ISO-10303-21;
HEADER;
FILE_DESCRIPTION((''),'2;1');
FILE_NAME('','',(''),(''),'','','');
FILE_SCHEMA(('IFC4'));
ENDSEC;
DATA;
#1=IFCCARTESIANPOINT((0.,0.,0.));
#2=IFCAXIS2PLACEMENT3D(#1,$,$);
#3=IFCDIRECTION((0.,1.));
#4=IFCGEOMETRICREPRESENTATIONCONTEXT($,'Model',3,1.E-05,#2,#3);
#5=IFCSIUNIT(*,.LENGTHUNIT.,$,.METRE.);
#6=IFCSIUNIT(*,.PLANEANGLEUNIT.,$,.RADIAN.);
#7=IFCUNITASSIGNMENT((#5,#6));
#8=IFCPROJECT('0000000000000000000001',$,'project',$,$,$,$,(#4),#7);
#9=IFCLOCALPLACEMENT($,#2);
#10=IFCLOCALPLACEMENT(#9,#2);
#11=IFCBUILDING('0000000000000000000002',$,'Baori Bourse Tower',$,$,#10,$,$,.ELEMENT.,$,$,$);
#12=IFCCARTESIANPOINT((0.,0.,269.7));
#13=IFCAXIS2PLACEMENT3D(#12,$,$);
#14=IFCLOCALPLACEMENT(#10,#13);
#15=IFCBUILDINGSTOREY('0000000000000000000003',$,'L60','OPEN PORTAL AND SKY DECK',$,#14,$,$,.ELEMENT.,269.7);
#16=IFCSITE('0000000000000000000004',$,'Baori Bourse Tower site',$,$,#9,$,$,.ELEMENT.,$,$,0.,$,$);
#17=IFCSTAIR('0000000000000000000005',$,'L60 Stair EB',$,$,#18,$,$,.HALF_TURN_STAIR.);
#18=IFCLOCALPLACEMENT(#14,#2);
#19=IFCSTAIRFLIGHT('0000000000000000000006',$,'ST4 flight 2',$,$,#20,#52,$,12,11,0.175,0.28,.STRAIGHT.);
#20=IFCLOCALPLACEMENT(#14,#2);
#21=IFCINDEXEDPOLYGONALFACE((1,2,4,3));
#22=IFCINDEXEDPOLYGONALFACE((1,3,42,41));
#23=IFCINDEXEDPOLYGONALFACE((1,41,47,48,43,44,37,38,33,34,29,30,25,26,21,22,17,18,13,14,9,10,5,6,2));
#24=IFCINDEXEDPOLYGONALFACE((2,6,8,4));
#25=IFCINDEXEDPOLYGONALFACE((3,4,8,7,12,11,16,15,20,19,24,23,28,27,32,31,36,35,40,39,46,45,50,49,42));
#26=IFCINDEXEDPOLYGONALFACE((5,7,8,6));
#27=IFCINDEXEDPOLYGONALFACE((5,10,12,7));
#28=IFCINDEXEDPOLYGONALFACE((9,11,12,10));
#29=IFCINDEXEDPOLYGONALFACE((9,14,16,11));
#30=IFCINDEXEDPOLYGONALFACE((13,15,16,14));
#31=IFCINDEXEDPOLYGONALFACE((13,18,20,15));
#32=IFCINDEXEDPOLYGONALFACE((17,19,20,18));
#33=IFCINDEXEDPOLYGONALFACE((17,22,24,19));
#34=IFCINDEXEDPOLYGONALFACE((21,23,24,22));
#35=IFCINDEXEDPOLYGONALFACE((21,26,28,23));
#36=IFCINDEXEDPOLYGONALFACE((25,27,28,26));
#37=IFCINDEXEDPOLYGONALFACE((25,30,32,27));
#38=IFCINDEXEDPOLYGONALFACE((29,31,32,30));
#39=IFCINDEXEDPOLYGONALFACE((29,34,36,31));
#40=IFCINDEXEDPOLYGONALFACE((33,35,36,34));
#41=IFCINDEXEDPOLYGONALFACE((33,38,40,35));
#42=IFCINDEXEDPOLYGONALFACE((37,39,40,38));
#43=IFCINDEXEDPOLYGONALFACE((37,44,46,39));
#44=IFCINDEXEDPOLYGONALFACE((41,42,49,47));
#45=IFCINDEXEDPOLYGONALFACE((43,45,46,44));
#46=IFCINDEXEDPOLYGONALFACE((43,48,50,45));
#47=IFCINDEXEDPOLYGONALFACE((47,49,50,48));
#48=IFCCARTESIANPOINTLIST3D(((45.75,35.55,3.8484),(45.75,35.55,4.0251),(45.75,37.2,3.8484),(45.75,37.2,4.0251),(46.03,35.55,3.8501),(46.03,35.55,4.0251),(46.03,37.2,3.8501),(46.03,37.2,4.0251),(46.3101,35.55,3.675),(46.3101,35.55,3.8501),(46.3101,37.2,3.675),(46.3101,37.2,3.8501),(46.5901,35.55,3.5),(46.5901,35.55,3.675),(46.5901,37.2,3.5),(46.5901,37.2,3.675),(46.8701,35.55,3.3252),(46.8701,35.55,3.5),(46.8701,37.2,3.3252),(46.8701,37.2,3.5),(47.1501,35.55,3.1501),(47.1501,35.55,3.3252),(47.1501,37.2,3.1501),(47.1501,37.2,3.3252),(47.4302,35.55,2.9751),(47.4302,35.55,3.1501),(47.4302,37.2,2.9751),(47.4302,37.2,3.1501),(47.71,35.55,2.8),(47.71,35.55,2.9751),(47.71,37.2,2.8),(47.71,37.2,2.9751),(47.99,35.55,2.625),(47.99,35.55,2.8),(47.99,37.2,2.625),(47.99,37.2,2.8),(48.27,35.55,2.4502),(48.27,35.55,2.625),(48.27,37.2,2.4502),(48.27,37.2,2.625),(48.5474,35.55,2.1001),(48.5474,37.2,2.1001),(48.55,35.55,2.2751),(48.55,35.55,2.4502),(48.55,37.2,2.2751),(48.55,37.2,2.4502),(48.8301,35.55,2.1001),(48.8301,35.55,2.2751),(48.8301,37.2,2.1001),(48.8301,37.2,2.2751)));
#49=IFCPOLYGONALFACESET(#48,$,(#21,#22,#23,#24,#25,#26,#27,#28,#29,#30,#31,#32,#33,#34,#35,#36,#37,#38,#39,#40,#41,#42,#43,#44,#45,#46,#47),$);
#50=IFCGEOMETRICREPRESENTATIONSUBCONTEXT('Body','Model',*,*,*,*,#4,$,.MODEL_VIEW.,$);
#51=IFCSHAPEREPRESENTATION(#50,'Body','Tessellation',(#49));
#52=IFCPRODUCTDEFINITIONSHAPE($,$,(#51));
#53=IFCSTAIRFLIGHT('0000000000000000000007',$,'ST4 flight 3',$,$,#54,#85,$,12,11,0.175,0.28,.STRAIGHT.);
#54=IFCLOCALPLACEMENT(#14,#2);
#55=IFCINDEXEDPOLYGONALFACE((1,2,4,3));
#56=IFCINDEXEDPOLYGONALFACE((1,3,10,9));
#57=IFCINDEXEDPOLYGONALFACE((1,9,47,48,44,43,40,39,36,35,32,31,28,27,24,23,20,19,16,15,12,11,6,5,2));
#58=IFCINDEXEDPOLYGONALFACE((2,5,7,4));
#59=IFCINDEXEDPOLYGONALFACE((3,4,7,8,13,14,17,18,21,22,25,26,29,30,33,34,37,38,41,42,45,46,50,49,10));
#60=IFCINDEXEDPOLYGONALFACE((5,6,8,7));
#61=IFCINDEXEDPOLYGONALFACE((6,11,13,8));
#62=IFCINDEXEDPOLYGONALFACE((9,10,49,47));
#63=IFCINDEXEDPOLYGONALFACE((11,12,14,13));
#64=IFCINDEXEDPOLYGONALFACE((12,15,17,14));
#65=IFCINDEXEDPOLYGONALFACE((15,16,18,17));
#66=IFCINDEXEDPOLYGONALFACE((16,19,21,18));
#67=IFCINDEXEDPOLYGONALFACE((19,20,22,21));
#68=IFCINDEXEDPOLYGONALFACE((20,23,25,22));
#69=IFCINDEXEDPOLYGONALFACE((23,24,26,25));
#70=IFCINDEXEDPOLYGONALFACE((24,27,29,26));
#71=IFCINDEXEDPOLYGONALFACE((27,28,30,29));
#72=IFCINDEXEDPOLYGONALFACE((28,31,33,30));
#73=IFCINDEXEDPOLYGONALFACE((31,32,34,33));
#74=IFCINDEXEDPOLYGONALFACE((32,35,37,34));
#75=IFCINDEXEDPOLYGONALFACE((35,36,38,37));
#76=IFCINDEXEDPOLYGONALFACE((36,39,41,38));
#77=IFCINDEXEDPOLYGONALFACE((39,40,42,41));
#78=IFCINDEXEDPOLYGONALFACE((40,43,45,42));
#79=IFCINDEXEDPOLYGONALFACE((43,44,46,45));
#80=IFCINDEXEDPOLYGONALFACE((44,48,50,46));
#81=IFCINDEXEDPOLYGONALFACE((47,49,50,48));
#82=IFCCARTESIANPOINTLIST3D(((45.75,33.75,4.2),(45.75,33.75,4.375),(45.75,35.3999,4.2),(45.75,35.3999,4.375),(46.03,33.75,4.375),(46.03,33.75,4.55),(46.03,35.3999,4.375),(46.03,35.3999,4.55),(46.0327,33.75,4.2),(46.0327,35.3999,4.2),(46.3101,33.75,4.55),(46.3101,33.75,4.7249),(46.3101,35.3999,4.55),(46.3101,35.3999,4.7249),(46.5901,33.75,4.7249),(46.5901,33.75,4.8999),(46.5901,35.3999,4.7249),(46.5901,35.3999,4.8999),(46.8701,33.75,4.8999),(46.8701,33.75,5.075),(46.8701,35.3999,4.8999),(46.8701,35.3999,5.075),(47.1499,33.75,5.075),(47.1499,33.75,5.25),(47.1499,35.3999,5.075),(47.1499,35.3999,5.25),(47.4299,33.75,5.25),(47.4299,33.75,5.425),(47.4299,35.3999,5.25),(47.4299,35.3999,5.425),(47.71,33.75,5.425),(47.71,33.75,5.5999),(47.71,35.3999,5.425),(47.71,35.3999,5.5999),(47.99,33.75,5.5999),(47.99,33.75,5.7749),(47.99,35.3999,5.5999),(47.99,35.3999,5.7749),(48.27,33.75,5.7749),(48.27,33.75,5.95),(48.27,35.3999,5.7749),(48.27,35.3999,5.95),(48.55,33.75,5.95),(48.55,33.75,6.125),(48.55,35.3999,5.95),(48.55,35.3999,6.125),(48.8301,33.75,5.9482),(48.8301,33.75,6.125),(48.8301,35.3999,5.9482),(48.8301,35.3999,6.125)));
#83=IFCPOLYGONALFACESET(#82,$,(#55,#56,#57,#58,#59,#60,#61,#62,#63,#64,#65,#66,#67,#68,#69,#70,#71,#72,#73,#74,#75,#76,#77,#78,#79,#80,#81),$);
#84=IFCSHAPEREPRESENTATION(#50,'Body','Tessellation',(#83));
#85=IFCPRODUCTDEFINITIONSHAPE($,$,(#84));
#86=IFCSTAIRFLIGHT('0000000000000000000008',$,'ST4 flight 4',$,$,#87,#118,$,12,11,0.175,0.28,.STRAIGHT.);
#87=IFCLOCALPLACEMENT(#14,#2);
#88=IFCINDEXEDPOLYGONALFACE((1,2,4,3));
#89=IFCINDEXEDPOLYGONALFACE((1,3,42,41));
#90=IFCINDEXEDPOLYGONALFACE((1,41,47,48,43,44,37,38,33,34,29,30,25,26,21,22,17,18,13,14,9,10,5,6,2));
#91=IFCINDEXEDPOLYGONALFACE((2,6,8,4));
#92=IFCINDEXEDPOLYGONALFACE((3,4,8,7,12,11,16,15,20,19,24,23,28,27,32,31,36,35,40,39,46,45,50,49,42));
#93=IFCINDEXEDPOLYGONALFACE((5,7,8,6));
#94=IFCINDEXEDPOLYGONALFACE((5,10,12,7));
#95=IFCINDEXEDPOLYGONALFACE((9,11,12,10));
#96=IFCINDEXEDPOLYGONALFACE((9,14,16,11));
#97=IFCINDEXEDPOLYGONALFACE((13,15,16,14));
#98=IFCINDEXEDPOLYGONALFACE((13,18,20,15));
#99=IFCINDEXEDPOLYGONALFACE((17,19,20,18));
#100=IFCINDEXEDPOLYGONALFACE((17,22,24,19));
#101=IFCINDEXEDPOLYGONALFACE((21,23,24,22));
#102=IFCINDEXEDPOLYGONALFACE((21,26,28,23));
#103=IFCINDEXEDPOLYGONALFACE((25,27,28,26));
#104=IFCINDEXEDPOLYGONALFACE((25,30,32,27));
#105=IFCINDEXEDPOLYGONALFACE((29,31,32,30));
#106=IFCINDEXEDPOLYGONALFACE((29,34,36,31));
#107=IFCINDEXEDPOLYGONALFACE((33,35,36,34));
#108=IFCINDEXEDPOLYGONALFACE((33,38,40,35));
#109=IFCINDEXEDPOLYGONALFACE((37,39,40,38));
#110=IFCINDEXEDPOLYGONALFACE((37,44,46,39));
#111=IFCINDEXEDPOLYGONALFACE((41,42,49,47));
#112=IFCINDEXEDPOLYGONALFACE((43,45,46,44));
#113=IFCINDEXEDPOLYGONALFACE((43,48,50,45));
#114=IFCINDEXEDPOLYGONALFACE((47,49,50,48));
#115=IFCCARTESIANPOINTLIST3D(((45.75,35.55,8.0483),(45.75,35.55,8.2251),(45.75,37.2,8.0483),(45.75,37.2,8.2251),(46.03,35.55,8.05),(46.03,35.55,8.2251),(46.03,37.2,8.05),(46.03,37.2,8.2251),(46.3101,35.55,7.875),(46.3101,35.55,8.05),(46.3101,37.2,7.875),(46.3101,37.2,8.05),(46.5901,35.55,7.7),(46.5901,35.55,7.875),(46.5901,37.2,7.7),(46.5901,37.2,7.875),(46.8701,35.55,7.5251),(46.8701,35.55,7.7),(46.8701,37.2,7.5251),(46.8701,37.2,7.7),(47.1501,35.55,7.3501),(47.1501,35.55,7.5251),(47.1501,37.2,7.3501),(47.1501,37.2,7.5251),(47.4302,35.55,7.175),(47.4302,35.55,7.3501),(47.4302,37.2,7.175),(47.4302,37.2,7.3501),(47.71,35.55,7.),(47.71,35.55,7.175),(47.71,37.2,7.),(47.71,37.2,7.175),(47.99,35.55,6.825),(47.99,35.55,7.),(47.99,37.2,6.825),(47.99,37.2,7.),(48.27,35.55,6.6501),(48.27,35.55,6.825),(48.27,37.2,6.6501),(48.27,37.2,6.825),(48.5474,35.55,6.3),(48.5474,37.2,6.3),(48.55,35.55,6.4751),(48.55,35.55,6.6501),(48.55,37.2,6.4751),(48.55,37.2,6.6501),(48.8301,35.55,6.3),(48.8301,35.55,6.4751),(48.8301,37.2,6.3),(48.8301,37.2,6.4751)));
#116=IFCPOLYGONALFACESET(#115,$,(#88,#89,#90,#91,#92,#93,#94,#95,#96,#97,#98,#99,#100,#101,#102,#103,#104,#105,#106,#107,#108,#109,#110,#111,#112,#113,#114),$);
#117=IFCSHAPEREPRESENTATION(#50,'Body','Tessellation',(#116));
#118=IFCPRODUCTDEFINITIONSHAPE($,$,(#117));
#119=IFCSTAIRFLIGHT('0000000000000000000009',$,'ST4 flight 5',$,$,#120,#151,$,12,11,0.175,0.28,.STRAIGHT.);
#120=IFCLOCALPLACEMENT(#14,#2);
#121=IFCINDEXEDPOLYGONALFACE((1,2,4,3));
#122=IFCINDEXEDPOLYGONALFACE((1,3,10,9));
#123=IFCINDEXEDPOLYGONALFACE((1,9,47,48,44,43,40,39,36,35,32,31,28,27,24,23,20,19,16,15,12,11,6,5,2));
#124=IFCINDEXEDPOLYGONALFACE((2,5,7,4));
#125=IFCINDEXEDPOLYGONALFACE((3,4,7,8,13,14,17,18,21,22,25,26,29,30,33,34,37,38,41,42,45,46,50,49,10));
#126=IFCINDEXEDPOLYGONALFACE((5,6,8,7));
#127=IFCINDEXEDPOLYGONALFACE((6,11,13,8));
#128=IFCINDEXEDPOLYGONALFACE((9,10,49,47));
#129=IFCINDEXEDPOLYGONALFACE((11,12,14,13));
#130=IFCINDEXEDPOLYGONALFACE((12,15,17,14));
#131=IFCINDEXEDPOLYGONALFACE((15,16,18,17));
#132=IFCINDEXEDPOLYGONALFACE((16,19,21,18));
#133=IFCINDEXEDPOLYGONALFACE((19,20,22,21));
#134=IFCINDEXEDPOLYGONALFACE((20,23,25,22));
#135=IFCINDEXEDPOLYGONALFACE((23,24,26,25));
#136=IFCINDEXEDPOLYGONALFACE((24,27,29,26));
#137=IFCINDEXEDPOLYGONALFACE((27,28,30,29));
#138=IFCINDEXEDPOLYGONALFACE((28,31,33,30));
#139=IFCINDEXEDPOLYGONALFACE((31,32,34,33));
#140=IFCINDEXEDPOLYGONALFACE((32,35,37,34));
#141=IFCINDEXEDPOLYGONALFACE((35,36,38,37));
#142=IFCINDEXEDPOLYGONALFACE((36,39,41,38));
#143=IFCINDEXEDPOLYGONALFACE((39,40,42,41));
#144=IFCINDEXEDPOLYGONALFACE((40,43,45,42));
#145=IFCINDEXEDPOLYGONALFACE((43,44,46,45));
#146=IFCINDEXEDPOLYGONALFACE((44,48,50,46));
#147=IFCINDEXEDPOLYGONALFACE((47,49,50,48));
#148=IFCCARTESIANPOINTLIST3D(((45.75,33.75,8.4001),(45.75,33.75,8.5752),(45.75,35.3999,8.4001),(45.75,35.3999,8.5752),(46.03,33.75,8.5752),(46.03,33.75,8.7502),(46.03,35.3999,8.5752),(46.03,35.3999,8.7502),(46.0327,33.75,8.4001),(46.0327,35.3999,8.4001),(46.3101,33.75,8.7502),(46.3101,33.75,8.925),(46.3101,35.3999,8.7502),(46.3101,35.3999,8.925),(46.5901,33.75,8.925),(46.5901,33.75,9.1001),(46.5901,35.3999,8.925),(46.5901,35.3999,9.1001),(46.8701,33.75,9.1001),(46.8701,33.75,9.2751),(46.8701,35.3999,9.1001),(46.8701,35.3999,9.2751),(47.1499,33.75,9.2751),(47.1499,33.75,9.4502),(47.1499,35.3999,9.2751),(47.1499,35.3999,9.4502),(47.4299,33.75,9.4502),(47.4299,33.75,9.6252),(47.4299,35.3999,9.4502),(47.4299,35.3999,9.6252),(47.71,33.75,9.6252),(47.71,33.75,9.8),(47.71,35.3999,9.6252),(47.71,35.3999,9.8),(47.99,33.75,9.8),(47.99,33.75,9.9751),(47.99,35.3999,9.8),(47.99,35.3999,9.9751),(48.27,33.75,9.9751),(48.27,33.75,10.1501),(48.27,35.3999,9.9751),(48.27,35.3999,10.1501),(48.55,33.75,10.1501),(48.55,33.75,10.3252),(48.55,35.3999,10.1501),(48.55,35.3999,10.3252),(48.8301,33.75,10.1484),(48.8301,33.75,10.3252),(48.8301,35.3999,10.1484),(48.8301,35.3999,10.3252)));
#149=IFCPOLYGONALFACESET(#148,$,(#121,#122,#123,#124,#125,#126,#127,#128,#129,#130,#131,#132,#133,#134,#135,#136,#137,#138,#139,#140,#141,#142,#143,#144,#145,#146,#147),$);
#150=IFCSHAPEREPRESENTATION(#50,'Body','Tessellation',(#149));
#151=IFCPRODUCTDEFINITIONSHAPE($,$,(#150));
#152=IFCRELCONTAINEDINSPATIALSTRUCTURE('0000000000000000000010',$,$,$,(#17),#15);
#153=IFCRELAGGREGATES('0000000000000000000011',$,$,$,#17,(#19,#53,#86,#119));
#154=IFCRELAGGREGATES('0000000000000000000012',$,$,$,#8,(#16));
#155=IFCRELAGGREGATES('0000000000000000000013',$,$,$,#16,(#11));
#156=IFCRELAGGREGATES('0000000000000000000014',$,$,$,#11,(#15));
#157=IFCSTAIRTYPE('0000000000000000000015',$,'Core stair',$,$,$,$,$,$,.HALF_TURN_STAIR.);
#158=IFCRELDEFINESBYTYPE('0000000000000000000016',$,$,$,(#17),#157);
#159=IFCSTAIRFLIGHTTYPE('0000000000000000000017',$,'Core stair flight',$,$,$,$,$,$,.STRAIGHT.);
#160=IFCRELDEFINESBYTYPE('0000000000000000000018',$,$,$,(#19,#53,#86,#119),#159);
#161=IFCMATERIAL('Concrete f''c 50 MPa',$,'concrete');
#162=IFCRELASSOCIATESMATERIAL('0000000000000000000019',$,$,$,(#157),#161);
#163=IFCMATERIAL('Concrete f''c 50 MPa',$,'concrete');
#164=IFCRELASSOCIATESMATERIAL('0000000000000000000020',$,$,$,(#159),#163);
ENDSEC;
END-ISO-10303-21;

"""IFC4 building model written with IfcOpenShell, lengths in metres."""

from ifc_helpers import new_model, si_unit, direction, frame, origin, place, context, subcontext, project, spatial, polyline, outline, extrude, material, type_object, element, aggregate, save


model = new_model("IFC4")

# Units and contexts
model_context = context("Model", 3, precision=1e-05, world=origin(), true_north=direction((0.0, 1.0)))
body_context = subcontext(model_context, "Body", "Model", "MODEL_VIEW")
ifc_project = project(units=[si_unit("LENGTHUNIT", "METRE"), si_unit("PLANEANGLEUNIT", "RADIAN")], contexts=[model_context])

# Site, building, storey
site_placement = place(None, origin())
site = spatial("IfcSite", under=ifc_project, at=site_placement, Name="Baori Bourse Tower site", CompositionType="ELEMENT", RefElevation=0.0)
building_placement = place(site_placement, origin())
building = spatial("IfcBuilding", under=site, at=building_placement, Name="Baori Bourse Tower", CompositionType="ELEMENT")
storey_placement = place(building_placement, frame((0.0, 0.0, 269.7)))
storey = spatial("IfcBuildingStorey", under=building, at=storey_placement, Name="L60", Description="OPEN PORTAL AND SKY DECK", CompositionType="ELEMENT", Elevation=269.7)

# Stair, stair flights
ifc_material_1 = material(Name="Concrete f'c 50 MPa", Category="concrete")
stair_type = type_object("IfcStairType", Name="Core stair", PredefinedType="HALF_TURN_STAIR", material=ifc_material_1)
stair_placement = place(storey_placement, origin())
stair = element("IfcStair", 1, at=stair_placement, inside=storey, type_object=stair_type, Name="L60 Stair EB", PredefinedType="HALF_TURN_STAIR")
ifc_material_2 = material(Name="Concrete f'c 50 MPa", Category="concrete")
stair_flight_type = type_object("IfcStairFlightType", Name="Core stair flight", PredefinedType="STRAIGHT", material=ifc_material_2)
stair_flight_1_placement = place(storey_placement, frame((48.8301, 36.375, 2.1001), z_axis=(0.0, 0.0, 1.0), x_axis=(-1.0, 0.0, 0.0)))
stair_flight_1 = element("IfcStairFlight", 2, at=stair_flight_1_placement, type_object=stair_flight_type, Name="ST4 flight 2", NumberOfRisers=12, NumberOfTreads=11, PredefinedType="STRAIGHT", RiserHeight=0.175, TreadLength=0.28, context=body_context, shape_type="SweptSolid", body=[
    extrude(outline(polyline([(0.0, 0.0), (0.0, 0.175), (0.28, 0.175), (0.28, 0.3501), (0.5601, 0.3501), (0.5601, 0.5249), (0.8401, 0.5249), (0.8401, 0.7), (1.1201, 0.7), (1.1201, 0.875), (1.3999, 0.875), (1.3999, 1.05), (1.6799, 1.05), (1.6799, 1.2251), (1.96, 1.2251), (1.96, 1.3999), (2.24, 1.3999), (2.24, 1.575), (2.52, 1.575), (2.52, 1.75), (2.8, 1.75), (2.8, 1.925), (3.0801, 1.925), (3.0801, 2.1001), (3.0801, 1.7483), (0.2827, 0.0), (0.0, 0.0)])), frame((0.0, 0.825, 0.0), z_axis=(0.0, -1.0, 0.0), x_axis=(1.0, 0.0, 0.0)), (0.0, 0.0, 1.0), 1.6499),
])
stair_flight_2_placement = place(storey_placement, frame((45.75, 34.575, 4.2), z_axis=(0.0, 0.0, 1.0), x_axis=(1.0, 0.0, 0.0)))
stair_flight_2 = element("IfcStairFlight", 3, at=stair_flight_2_placement, type_object=stair_flight_type, Name="ST4 flight 3", NumberOfRisers=12, NumberOfTreads=11, PredefinedType="STRAIGHT", RiserHeight=0.175, TreadLength=0.28, context=body_context, shape_type="SweptSolid", body=[
    extrude(outline(polyline([(0.0, 0.0), (0.0, 0.175), (0.28, 0.175), (0.28, 0.3501), (0.5601, 0.3501), (0.5601, 0.5249), (0.8401, 0.5249), (0.8401, 0.7), (1.1201, 0.7), (1.1201, 0.875), (1.3999, 0.875), (1.3999, 1.05), (1.6799, 1.05), (1.6799, 1.2251), (1.96, 1.2251), (1.96, 1.3999), (2.24, 1.3999), (2.24, 1.575), (2.52, 1.575), (2.52, 1.75), (2.8, 1.75), (2.8, 1.925), (3.0801, 1.925), (3.0801, 2.1001), (3.0801, 1.7483), (0.2827, 0.0), (0.0, 0.0)])), frame((0.0, 0.825, 0.0), z_axis=(0.0, -1.0, 0.0), x_axis=(1.0, 0.0, 0.0)), (0.0, 0.0, 1.0), 1.6499),
])
stair_flight_3_placement = place(storey_placement, frame((48.8301, 36.375, 6.3), z_axis=(0.0, 0.0, 1.0), x_axis=(-1.0, 0.0, 0.0)))
stair_flight_3 = element("IfcStairFlight", 4, at=stair_flight_3_placement, type_object=stair_flight_type, Name="ST4 flight 4", NumberOfRisers=12, NumberOfTreads=11, PredefinedType="STRAIGHT", RiserHeight=0.175, TreadLength=0.28, context=body_context, shape_type="SweptSolid", body=[
    extrude(outline(polyline([(0.0, 0.0), (0.0, 0.175), (0.28, 0.175), (0.28, 0.3501), (0.5601, 0.3501), (0.5601, 0.5249), (0.8401, 0.5249), (0.8401, 0.7), (1.1201, 0.7), (1.1201, 0.875), (1.3999, 0.875), (1.3999, 1.05), (1.6799, 1.05), (1.6799, 1.2251), (1.96, 1.2251), (1.96, 1.3999), (2.24, 1.3999), (2.24, 1.575), (2.52, 1.575), (2.52, 1.75), (2.8, 1.75), (2.8, 1.925), (3.0801, 1.925), (3.0801, 2.1001), (3.0801, 1.7483), (0.2827, 0.0), (0.0, 0.0)])), frame((0.0, 0.825, 0.0), z_axis=(0.0, -1.0, 0.0), x_axis=(1.0, 0.0, 0.0)), (0.0, 0.0, 1.0), 1.6499),
])
stair_flight_4_placement = place(storey_placement, frame((45.75, 34.575, 8.4001), z_axis=(0.0, 0.0, 1.0), x_axis=(1.0, 0.0, 0.0)))
stair_flight_4 = element("IfcStairFlight", 5, at=stair_flight_4_placement, type_object=stair_flight_type, Name="ST4 flight 5", NumberOfRisers=12, NumberOfTreads=11, PredefinedType="STRAIGHT", RiserHeight=0.175, TreadLength=0.28, context=body_context, shape_type="SweptSolid", body=[
    extrude(outline(polyline([(0.0, 0.0), (0.0, 0.175), (0.28, 0.175), (0.28, 0.3501), (0.5601, 0.3501), (0.5601, 0.5249), (0.8401, 0.5249), (0.8401, 0.7), (1.1201, 0.7), (1.1201, 0.875), (1.3999, 0.875), (1.3999, 1.05), (1.6799, 1.05), (1.6799, 1.2251), (1.96, 1.2251), (1.96, 1.3999), (2.24, 1.3999), (2.24, 1.575), (2.52, 1.575), (2.52, 1.75), (2.8, 1.75), (2.8, 1.925), (3.0801, 1.925), (3.0801, 2.1001), (3.0801, 1.7483), (0.2827, 0.0), (0.0, 0.0)])), frame((0.0, 0.825, 0.0), z_axis=(0.0, -1.0, 0.0), x_axis=(1.0, 0.0, 0.0)), (0.0, 0.0, 1.0), 1.6499),
])
aggregate(stair, [stair_flight_1, stair_flight_2, stair_flight_3, stair_flight_4])

save(model, "model.ifc")
